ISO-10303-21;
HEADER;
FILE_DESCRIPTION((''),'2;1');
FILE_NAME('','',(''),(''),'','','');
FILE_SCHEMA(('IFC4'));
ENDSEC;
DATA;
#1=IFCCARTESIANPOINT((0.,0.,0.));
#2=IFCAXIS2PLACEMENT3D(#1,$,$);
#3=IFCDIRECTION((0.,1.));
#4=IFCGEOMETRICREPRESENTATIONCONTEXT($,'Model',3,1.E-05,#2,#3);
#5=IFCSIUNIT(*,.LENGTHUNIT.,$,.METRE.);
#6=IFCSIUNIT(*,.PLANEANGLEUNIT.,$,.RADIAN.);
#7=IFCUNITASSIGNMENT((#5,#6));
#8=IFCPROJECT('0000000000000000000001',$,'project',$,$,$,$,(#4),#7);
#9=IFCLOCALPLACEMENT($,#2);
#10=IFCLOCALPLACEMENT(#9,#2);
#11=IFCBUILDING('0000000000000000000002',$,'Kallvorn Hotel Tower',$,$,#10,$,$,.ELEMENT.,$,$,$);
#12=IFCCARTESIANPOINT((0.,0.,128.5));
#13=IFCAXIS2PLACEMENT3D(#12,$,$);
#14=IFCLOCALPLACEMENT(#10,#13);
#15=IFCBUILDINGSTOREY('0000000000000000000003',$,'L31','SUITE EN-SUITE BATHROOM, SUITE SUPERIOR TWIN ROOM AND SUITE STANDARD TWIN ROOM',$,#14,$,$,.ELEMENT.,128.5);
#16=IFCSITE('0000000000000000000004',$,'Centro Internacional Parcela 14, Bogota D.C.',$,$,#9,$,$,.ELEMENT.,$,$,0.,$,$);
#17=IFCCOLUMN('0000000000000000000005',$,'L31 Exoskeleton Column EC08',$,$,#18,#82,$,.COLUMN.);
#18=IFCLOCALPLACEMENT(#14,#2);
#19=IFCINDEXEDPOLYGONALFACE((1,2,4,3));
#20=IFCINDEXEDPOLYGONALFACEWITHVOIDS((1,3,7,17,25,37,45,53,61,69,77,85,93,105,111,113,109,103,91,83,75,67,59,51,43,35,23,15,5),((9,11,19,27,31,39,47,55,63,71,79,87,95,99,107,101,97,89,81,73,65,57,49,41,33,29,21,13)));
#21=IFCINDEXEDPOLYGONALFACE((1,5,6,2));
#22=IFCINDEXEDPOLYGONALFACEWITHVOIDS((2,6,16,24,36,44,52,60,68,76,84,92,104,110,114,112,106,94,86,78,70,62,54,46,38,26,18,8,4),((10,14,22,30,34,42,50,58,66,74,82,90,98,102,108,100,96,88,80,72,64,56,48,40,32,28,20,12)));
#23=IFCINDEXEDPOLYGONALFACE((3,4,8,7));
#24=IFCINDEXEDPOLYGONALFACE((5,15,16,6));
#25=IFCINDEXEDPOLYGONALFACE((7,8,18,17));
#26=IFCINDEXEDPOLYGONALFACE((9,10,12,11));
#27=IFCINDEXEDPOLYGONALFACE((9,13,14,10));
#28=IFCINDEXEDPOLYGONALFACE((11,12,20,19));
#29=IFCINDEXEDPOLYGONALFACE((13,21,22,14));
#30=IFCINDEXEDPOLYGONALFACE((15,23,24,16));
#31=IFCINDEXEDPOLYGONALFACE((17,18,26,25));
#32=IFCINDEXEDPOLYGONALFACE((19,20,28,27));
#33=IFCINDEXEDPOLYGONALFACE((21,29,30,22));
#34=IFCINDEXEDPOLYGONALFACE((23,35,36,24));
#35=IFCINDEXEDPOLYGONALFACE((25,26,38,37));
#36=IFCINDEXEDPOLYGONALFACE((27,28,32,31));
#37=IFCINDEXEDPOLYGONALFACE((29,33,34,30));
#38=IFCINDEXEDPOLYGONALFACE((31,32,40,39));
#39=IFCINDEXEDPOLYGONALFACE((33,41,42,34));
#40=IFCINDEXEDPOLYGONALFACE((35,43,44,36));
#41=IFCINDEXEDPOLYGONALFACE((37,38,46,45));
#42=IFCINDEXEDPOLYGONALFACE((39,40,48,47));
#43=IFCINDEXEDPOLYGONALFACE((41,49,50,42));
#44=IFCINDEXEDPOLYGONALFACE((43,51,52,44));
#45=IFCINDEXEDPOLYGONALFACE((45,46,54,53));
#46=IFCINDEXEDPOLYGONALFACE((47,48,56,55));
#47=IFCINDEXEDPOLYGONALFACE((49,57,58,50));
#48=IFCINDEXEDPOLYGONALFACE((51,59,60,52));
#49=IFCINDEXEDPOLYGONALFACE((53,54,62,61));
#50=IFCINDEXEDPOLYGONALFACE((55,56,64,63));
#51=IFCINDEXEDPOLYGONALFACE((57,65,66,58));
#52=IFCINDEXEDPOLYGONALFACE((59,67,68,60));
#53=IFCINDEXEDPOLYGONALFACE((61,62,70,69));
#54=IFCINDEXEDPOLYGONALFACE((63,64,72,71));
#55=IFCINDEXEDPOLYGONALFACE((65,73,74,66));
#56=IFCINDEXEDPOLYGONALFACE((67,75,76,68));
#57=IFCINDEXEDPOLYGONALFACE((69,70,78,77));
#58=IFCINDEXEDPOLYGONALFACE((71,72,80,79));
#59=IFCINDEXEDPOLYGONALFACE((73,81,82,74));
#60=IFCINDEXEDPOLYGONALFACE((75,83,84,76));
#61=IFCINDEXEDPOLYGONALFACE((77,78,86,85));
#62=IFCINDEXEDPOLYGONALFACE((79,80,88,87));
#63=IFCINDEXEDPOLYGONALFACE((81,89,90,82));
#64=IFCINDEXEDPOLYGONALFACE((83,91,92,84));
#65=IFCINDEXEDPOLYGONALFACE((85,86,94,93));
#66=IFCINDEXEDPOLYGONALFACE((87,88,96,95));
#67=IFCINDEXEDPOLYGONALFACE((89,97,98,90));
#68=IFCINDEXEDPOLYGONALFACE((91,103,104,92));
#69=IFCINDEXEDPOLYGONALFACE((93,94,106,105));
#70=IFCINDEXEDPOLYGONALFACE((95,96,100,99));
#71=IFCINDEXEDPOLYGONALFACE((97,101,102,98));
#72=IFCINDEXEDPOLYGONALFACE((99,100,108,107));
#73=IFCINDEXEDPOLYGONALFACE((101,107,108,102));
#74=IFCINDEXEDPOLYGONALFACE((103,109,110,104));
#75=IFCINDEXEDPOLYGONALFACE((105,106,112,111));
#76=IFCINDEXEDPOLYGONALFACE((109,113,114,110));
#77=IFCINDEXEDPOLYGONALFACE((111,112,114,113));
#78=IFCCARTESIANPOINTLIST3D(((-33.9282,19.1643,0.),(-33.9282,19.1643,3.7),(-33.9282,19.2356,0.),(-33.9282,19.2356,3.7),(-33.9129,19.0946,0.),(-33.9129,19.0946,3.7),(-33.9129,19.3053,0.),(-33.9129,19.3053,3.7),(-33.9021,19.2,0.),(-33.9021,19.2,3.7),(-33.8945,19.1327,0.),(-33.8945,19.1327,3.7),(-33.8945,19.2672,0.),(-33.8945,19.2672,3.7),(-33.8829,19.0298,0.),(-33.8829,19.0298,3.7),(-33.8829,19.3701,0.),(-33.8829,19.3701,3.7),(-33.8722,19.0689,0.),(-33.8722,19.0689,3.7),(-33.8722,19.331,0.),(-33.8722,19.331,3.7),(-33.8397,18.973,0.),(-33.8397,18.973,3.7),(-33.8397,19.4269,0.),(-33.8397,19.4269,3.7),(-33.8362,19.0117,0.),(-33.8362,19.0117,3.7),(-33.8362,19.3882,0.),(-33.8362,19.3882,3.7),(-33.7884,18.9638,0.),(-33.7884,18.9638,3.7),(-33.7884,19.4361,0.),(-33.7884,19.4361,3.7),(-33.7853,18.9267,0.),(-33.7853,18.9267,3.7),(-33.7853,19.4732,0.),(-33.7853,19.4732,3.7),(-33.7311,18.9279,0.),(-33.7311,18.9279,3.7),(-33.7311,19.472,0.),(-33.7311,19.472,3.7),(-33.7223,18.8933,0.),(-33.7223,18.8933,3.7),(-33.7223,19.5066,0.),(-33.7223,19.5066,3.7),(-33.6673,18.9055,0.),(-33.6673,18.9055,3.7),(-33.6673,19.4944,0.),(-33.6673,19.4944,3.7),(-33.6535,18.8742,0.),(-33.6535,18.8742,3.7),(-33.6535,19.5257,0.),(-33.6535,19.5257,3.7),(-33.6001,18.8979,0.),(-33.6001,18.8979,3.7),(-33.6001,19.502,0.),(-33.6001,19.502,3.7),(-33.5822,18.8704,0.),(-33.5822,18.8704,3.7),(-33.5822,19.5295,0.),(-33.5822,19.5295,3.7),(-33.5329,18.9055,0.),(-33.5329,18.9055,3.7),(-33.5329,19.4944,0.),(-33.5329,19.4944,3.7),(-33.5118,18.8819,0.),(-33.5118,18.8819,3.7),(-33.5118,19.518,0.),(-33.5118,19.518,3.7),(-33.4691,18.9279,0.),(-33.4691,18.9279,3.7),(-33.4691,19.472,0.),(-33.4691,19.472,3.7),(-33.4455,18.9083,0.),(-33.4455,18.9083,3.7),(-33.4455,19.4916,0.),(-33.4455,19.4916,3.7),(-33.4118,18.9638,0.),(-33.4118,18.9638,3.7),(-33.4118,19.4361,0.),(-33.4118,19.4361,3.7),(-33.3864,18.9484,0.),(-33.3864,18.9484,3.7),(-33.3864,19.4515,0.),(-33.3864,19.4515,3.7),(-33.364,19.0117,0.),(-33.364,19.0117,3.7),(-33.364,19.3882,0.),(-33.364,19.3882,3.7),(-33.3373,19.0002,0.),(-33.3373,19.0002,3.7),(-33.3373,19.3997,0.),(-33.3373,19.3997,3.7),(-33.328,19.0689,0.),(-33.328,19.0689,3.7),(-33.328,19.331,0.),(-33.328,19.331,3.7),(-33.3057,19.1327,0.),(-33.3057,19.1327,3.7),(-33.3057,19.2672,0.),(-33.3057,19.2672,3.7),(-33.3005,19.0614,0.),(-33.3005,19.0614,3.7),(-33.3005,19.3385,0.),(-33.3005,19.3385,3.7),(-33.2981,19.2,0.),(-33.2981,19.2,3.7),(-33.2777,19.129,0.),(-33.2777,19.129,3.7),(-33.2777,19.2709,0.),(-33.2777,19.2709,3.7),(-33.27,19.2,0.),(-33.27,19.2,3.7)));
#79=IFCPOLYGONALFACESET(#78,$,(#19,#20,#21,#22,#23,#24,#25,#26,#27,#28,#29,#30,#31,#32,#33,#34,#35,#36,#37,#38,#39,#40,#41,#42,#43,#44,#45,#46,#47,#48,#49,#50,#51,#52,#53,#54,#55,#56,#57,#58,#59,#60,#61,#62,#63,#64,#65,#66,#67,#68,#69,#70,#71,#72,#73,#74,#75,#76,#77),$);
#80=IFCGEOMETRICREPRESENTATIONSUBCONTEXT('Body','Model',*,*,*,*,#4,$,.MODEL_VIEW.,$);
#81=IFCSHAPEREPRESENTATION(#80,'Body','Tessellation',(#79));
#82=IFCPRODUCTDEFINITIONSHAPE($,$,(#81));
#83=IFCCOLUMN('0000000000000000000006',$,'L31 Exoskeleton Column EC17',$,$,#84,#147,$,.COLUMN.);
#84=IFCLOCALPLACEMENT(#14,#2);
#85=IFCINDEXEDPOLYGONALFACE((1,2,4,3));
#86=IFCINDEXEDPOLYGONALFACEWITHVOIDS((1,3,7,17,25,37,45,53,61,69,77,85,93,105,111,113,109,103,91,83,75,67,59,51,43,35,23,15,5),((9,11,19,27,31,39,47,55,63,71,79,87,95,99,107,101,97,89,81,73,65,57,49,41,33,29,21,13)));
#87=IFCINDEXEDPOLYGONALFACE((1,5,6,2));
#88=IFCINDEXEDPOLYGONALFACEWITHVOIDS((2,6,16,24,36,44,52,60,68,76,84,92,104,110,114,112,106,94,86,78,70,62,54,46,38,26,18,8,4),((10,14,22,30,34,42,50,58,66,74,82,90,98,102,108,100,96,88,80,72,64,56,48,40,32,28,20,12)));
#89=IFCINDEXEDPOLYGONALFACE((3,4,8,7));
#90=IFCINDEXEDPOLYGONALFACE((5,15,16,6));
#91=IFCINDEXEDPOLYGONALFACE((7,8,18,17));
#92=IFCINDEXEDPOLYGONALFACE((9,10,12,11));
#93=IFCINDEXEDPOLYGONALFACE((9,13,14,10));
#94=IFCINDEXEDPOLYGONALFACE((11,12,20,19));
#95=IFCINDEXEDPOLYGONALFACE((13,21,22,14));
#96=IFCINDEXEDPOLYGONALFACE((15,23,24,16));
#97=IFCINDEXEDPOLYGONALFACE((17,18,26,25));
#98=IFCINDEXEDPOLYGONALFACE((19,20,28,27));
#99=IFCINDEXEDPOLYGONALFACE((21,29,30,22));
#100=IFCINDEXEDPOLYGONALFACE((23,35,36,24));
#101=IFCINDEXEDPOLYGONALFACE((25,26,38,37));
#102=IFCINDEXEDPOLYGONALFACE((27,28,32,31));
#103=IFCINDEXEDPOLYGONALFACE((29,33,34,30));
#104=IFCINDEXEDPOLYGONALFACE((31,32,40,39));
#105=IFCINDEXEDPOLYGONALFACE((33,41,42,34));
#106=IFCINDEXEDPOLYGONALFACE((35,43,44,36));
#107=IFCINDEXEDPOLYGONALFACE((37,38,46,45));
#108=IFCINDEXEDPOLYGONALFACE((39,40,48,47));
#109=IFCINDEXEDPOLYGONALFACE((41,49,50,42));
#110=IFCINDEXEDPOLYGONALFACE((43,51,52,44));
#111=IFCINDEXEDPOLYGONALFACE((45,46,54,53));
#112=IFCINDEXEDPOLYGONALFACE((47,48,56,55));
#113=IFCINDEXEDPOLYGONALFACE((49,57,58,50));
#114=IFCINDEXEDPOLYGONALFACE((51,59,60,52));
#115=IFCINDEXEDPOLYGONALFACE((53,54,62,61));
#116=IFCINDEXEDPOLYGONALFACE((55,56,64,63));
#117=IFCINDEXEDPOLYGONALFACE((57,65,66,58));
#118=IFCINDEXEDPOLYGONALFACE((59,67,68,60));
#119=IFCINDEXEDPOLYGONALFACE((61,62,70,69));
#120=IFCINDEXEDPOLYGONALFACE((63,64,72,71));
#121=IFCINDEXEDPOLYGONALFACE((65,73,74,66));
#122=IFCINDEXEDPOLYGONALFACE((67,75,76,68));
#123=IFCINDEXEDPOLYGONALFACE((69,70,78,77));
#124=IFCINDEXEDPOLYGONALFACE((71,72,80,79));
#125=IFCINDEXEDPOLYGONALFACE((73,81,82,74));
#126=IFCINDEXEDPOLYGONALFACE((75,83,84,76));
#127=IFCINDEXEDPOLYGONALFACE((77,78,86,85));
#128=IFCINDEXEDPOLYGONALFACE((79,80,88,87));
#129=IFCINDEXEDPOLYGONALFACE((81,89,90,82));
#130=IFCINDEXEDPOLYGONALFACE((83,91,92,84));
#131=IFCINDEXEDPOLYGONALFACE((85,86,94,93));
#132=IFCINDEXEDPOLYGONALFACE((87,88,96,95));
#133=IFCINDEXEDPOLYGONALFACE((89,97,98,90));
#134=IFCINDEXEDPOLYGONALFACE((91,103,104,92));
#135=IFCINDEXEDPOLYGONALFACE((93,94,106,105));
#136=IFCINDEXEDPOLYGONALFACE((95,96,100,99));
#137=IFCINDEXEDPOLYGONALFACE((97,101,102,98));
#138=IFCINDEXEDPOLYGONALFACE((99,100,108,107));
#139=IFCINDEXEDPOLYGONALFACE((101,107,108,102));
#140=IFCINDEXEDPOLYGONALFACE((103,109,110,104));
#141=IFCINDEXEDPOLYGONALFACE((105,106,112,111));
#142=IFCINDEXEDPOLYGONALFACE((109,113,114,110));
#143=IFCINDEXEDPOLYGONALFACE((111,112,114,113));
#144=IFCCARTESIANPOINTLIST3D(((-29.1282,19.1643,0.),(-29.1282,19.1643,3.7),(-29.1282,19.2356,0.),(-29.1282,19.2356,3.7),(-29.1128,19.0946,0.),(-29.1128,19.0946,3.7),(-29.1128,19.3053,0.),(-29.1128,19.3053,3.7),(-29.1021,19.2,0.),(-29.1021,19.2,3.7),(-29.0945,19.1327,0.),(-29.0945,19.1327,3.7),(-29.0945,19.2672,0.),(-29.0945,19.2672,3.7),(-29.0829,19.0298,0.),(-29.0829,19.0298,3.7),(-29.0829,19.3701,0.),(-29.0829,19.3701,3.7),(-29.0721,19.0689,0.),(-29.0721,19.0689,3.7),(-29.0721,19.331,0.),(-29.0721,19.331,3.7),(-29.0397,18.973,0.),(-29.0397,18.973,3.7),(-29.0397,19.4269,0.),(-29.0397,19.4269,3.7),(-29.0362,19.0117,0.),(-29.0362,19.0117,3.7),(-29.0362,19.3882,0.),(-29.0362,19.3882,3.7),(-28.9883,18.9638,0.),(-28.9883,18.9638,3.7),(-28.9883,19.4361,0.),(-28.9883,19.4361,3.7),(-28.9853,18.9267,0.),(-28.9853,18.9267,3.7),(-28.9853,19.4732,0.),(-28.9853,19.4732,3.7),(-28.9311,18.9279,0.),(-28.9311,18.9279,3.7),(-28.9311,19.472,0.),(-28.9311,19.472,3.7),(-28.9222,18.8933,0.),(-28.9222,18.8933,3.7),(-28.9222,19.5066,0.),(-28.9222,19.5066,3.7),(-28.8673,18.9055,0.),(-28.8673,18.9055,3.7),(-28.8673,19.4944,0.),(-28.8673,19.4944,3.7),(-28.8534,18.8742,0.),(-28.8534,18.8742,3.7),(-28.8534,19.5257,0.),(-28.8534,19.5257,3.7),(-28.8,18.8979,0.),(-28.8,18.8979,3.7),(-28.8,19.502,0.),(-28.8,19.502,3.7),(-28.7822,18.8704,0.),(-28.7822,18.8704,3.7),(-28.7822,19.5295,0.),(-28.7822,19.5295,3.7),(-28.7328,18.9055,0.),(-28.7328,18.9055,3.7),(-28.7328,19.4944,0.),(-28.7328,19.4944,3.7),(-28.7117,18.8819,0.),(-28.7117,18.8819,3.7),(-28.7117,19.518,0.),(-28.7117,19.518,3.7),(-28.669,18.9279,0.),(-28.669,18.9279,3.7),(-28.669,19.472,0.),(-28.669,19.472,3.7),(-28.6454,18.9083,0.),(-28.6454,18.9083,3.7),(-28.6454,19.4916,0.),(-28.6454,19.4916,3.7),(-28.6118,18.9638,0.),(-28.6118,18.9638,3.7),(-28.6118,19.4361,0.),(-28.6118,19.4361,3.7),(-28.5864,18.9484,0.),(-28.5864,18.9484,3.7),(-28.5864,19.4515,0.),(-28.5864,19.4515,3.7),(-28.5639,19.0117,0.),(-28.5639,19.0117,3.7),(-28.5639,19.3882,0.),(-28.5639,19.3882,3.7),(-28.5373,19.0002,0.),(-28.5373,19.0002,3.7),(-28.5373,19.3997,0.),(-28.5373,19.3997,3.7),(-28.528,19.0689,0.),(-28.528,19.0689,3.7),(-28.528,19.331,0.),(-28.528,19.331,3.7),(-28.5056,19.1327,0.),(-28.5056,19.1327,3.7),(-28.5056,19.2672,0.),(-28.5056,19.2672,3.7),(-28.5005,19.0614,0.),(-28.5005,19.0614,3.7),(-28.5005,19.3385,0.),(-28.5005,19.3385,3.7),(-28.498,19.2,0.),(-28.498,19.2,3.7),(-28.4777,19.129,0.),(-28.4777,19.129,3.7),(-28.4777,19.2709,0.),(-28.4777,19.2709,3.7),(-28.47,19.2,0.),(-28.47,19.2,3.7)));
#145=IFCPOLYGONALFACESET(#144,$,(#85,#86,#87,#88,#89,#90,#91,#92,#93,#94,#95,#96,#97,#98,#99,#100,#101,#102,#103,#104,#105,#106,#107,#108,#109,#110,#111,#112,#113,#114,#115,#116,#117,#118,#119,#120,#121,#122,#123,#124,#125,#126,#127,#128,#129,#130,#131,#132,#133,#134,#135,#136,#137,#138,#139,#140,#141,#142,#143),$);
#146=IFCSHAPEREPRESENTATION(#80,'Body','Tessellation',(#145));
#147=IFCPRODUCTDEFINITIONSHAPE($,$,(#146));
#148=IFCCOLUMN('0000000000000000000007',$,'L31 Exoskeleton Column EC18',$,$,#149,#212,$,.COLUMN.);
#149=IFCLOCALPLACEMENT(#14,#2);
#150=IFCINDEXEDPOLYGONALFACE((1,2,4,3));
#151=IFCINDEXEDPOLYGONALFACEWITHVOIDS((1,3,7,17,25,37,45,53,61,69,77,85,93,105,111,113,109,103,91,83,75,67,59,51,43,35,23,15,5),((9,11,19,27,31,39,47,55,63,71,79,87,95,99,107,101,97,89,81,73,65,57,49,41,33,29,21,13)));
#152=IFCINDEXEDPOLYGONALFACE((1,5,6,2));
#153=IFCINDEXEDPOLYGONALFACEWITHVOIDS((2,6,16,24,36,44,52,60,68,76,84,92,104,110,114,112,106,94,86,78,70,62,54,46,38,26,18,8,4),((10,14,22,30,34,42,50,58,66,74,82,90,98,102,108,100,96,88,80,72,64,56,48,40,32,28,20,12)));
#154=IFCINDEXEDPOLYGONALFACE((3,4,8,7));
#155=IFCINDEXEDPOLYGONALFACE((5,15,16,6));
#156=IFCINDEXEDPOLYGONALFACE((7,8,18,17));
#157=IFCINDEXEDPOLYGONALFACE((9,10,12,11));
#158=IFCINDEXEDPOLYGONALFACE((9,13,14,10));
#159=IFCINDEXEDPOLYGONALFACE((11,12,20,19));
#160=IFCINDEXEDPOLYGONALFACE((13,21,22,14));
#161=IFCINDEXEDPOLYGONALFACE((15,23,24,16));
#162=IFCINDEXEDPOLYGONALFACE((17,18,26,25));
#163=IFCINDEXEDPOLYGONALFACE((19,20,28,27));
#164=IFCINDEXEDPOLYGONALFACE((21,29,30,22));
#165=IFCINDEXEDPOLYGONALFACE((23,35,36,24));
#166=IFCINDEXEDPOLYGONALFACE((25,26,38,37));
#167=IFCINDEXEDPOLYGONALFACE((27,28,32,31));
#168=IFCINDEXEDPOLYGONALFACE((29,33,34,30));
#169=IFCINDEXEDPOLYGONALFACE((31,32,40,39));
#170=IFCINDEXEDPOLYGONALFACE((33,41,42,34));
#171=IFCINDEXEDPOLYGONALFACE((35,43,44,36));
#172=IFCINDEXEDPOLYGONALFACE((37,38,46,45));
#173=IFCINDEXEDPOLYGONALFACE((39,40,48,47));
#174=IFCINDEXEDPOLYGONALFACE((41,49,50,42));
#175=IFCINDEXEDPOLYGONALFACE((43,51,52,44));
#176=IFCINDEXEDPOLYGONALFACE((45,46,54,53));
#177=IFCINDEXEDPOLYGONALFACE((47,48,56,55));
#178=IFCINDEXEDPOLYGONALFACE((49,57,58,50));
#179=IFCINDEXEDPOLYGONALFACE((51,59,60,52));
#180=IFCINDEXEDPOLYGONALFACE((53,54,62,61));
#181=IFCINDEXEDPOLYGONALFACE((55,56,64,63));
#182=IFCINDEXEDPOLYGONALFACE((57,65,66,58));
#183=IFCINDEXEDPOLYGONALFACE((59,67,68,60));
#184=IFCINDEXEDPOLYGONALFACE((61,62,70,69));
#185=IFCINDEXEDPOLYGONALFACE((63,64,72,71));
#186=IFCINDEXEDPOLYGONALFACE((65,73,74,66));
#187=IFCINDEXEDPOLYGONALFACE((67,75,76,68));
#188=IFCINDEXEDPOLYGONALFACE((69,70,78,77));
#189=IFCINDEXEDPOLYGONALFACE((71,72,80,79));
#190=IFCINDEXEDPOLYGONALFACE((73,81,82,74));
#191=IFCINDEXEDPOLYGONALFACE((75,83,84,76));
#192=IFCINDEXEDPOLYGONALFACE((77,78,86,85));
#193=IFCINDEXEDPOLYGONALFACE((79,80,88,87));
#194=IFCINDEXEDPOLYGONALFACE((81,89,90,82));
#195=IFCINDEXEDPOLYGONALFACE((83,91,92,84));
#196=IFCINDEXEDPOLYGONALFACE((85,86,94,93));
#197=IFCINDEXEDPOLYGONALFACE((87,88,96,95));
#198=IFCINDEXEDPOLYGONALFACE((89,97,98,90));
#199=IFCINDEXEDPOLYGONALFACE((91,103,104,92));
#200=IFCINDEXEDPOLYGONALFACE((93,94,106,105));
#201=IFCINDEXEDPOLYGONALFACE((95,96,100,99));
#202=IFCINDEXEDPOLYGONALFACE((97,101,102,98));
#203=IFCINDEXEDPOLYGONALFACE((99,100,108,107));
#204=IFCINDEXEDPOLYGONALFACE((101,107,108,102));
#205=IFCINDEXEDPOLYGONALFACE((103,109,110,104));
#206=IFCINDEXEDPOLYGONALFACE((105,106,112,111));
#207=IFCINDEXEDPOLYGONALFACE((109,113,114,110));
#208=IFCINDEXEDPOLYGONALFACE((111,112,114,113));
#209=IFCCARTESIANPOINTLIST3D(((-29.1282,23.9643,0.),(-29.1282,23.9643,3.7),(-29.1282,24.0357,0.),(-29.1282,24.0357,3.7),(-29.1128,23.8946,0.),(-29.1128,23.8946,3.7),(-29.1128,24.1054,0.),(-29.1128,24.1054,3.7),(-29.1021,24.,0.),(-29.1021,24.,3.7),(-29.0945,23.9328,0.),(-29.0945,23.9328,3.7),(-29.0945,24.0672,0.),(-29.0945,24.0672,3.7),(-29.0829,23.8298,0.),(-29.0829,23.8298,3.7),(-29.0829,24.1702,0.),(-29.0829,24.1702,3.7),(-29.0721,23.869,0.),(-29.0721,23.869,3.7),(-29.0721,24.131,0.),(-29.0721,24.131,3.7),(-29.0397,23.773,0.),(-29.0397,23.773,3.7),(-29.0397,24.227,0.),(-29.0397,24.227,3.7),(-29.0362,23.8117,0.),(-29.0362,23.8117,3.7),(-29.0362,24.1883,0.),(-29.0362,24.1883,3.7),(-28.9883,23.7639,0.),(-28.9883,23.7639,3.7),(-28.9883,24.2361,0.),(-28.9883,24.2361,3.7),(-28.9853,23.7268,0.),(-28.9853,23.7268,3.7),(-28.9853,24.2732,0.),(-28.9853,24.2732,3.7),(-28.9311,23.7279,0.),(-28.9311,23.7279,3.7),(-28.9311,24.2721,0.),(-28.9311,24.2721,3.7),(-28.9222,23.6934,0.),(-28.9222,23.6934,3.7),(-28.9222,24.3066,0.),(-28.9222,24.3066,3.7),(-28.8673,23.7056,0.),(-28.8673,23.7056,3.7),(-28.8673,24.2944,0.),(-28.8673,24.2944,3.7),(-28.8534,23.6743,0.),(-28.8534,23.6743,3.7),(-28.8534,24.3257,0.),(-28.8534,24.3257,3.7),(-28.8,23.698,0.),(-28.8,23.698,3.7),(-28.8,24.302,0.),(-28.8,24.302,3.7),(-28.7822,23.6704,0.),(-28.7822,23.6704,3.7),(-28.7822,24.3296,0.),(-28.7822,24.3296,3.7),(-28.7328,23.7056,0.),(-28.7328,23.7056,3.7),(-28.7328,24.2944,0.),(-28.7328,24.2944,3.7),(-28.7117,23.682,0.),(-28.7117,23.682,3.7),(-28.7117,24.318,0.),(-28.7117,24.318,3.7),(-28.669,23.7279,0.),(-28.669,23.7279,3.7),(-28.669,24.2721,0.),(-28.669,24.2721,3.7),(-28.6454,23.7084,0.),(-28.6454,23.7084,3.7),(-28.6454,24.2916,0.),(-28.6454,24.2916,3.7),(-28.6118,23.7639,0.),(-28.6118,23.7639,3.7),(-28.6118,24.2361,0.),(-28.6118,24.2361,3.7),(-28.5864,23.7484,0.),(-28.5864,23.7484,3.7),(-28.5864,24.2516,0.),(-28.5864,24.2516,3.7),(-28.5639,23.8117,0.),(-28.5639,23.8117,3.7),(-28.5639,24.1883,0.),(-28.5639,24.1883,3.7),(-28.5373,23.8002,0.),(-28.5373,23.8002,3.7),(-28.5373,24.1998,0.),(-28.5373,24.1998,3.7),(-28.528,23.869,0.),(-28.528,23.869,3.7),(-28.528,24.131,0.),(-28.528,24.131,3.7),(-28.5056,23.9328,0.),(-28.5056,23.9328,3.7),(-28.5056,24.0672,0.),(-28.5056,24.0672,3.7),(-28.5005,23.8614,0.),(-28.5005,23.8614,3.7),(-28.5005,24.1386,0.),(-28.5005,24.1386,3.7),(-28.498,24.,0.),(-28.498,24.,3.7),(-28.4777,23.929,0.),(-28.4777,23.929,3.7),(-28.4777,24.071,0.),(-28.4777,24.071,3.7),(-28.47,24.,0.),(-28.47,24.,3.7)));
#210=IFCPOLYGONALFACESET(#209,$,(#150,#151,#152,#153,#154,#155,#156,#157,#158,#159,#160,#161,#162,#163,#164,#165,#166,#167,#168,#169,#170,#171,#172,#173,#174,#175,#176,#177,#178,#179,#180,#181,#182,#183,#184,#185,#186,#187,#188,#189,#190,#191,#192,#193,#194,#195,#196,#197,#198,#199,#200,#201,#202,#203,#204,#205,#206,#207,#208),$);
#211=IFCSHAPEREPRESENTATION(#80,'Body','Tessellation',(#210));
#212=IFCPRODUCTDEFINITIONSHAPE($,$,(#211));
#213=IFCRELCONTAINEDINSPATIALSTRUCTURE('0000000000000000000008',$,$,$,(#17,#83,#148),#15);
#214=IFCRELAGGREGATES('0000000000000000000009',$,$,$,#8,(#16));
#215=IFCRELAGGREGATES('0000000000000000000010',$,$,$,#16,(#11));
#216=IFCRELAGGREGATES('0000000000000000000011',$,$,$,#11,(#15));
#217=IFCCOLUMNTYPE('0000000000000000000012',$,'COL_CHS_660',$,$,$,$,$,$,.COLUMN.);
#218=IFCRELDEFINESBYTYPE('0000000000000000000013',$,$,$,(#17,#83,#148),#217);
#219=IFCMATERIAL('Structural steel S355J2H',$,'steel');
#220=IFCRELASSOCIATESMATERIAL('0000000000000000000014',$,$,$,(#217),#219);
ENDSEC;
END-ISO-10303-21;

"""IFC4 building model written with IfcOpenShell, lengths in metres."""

from ifc_helpers import new_model, si_unit, direction, frame, origin, origin_2d, place, context, subcontext, project, spatial, hollow_circle, extrude, material, material_profile, profile_set, type_object, element, save


model = new_model("IFC4")

# Units and contexts
model_context = context("Model", 3, precision=1e-05, world=origin(), true_north=direction((0.0, 1.0)))
body_context = subcontext(model_context, "Body", "Model", "MODEL_VIEW")
ifc_project = project(units=[si_unit("LENGTHUNIT", "METRE"), si_unit("PLANEANGLEUNIT", "RADIAN")], contexts=[model_context])

# Site, building, storey
site_placement = place(None, origin())
site = spatial("IfcSite", under=ifc_project, at=site_placement, Name="Centro Internacional Parcela 14, Bogota D.C.", CompositionType="ELEMENT", RefElevation=0.0)
building_placement = place(site_placement, origin())
building = spatial("IfcBuilding", under=site, at=building_placement, Name="Kallvorn Hotel Tower", CompositionType="ELEMENT")
storey_placement = place(building_placement, frame((0.0, 0.0, 128.5)))
storey = spatial("IfcBuildingStorey", under=building, at=storey_placement, Name="L31", Description="SUITE EN-SUITE BATHROOM, SUITE SUPERIOR TWIN ROOM AND SUITE STANDARD TWIN ROOM", CompositionType="ELEMENT", Elevation=128.5)

# Columns
ifc_material_1 = material(Name="Structural steel S355J2H", Category="steel")
ifc_material_profile_1 = material_profile(ifc_material_1, hollow_circle(Radius=0.3301, WallThickness=0.0281, at=origin_2d()), Name="CHS 660x28")
ifc_profile_set_1 = profile_set([ifc_material_profile_1], Name="Structural steel S355J2H")
column_type_1 = type_object("IfcColumnType", Name="COL_CHS_660", PredefinedType="COLUMN", material=ifc_profile_set_1)
for number, where, z_axis, x_axis, name in (
    (1, (-33.6001, 19.2, 0.0), (0.0, 0.0, 1.0), (1.0, 0.0, 0.0), "L31 Exoskeleton Column EC08"),
    (2, (-28.8, 19.2, 0.0), (0.0, 0.0, 1.0), (1.0, 0.0, 0.0), "L31 Exoskeleton Column EC17"),
    (3, (-28.8, 24.0, 0.0), (0.0, 0.0, 1.0), (1.0, 0.0, 0.0), "L31 Exoskeleton Column EC18"),
):
    element("IfcColumn", number, at=place(storey_placement, frame(where, z_axis=z_axis, x_axis=x_axis)), inside=storey, type_object=column_type_1, Name=name, PredefinedType="COLUMN", context=body_context, shape_type="SweptSolid", body=[
        extrude(hollow_circle(Radius=0.3301, WallThickness=0.0281, at=origin_2d()), origin(), (0.0, 0.0, 1.0), 3.7),
    ])

save(model, "model.ifc")
